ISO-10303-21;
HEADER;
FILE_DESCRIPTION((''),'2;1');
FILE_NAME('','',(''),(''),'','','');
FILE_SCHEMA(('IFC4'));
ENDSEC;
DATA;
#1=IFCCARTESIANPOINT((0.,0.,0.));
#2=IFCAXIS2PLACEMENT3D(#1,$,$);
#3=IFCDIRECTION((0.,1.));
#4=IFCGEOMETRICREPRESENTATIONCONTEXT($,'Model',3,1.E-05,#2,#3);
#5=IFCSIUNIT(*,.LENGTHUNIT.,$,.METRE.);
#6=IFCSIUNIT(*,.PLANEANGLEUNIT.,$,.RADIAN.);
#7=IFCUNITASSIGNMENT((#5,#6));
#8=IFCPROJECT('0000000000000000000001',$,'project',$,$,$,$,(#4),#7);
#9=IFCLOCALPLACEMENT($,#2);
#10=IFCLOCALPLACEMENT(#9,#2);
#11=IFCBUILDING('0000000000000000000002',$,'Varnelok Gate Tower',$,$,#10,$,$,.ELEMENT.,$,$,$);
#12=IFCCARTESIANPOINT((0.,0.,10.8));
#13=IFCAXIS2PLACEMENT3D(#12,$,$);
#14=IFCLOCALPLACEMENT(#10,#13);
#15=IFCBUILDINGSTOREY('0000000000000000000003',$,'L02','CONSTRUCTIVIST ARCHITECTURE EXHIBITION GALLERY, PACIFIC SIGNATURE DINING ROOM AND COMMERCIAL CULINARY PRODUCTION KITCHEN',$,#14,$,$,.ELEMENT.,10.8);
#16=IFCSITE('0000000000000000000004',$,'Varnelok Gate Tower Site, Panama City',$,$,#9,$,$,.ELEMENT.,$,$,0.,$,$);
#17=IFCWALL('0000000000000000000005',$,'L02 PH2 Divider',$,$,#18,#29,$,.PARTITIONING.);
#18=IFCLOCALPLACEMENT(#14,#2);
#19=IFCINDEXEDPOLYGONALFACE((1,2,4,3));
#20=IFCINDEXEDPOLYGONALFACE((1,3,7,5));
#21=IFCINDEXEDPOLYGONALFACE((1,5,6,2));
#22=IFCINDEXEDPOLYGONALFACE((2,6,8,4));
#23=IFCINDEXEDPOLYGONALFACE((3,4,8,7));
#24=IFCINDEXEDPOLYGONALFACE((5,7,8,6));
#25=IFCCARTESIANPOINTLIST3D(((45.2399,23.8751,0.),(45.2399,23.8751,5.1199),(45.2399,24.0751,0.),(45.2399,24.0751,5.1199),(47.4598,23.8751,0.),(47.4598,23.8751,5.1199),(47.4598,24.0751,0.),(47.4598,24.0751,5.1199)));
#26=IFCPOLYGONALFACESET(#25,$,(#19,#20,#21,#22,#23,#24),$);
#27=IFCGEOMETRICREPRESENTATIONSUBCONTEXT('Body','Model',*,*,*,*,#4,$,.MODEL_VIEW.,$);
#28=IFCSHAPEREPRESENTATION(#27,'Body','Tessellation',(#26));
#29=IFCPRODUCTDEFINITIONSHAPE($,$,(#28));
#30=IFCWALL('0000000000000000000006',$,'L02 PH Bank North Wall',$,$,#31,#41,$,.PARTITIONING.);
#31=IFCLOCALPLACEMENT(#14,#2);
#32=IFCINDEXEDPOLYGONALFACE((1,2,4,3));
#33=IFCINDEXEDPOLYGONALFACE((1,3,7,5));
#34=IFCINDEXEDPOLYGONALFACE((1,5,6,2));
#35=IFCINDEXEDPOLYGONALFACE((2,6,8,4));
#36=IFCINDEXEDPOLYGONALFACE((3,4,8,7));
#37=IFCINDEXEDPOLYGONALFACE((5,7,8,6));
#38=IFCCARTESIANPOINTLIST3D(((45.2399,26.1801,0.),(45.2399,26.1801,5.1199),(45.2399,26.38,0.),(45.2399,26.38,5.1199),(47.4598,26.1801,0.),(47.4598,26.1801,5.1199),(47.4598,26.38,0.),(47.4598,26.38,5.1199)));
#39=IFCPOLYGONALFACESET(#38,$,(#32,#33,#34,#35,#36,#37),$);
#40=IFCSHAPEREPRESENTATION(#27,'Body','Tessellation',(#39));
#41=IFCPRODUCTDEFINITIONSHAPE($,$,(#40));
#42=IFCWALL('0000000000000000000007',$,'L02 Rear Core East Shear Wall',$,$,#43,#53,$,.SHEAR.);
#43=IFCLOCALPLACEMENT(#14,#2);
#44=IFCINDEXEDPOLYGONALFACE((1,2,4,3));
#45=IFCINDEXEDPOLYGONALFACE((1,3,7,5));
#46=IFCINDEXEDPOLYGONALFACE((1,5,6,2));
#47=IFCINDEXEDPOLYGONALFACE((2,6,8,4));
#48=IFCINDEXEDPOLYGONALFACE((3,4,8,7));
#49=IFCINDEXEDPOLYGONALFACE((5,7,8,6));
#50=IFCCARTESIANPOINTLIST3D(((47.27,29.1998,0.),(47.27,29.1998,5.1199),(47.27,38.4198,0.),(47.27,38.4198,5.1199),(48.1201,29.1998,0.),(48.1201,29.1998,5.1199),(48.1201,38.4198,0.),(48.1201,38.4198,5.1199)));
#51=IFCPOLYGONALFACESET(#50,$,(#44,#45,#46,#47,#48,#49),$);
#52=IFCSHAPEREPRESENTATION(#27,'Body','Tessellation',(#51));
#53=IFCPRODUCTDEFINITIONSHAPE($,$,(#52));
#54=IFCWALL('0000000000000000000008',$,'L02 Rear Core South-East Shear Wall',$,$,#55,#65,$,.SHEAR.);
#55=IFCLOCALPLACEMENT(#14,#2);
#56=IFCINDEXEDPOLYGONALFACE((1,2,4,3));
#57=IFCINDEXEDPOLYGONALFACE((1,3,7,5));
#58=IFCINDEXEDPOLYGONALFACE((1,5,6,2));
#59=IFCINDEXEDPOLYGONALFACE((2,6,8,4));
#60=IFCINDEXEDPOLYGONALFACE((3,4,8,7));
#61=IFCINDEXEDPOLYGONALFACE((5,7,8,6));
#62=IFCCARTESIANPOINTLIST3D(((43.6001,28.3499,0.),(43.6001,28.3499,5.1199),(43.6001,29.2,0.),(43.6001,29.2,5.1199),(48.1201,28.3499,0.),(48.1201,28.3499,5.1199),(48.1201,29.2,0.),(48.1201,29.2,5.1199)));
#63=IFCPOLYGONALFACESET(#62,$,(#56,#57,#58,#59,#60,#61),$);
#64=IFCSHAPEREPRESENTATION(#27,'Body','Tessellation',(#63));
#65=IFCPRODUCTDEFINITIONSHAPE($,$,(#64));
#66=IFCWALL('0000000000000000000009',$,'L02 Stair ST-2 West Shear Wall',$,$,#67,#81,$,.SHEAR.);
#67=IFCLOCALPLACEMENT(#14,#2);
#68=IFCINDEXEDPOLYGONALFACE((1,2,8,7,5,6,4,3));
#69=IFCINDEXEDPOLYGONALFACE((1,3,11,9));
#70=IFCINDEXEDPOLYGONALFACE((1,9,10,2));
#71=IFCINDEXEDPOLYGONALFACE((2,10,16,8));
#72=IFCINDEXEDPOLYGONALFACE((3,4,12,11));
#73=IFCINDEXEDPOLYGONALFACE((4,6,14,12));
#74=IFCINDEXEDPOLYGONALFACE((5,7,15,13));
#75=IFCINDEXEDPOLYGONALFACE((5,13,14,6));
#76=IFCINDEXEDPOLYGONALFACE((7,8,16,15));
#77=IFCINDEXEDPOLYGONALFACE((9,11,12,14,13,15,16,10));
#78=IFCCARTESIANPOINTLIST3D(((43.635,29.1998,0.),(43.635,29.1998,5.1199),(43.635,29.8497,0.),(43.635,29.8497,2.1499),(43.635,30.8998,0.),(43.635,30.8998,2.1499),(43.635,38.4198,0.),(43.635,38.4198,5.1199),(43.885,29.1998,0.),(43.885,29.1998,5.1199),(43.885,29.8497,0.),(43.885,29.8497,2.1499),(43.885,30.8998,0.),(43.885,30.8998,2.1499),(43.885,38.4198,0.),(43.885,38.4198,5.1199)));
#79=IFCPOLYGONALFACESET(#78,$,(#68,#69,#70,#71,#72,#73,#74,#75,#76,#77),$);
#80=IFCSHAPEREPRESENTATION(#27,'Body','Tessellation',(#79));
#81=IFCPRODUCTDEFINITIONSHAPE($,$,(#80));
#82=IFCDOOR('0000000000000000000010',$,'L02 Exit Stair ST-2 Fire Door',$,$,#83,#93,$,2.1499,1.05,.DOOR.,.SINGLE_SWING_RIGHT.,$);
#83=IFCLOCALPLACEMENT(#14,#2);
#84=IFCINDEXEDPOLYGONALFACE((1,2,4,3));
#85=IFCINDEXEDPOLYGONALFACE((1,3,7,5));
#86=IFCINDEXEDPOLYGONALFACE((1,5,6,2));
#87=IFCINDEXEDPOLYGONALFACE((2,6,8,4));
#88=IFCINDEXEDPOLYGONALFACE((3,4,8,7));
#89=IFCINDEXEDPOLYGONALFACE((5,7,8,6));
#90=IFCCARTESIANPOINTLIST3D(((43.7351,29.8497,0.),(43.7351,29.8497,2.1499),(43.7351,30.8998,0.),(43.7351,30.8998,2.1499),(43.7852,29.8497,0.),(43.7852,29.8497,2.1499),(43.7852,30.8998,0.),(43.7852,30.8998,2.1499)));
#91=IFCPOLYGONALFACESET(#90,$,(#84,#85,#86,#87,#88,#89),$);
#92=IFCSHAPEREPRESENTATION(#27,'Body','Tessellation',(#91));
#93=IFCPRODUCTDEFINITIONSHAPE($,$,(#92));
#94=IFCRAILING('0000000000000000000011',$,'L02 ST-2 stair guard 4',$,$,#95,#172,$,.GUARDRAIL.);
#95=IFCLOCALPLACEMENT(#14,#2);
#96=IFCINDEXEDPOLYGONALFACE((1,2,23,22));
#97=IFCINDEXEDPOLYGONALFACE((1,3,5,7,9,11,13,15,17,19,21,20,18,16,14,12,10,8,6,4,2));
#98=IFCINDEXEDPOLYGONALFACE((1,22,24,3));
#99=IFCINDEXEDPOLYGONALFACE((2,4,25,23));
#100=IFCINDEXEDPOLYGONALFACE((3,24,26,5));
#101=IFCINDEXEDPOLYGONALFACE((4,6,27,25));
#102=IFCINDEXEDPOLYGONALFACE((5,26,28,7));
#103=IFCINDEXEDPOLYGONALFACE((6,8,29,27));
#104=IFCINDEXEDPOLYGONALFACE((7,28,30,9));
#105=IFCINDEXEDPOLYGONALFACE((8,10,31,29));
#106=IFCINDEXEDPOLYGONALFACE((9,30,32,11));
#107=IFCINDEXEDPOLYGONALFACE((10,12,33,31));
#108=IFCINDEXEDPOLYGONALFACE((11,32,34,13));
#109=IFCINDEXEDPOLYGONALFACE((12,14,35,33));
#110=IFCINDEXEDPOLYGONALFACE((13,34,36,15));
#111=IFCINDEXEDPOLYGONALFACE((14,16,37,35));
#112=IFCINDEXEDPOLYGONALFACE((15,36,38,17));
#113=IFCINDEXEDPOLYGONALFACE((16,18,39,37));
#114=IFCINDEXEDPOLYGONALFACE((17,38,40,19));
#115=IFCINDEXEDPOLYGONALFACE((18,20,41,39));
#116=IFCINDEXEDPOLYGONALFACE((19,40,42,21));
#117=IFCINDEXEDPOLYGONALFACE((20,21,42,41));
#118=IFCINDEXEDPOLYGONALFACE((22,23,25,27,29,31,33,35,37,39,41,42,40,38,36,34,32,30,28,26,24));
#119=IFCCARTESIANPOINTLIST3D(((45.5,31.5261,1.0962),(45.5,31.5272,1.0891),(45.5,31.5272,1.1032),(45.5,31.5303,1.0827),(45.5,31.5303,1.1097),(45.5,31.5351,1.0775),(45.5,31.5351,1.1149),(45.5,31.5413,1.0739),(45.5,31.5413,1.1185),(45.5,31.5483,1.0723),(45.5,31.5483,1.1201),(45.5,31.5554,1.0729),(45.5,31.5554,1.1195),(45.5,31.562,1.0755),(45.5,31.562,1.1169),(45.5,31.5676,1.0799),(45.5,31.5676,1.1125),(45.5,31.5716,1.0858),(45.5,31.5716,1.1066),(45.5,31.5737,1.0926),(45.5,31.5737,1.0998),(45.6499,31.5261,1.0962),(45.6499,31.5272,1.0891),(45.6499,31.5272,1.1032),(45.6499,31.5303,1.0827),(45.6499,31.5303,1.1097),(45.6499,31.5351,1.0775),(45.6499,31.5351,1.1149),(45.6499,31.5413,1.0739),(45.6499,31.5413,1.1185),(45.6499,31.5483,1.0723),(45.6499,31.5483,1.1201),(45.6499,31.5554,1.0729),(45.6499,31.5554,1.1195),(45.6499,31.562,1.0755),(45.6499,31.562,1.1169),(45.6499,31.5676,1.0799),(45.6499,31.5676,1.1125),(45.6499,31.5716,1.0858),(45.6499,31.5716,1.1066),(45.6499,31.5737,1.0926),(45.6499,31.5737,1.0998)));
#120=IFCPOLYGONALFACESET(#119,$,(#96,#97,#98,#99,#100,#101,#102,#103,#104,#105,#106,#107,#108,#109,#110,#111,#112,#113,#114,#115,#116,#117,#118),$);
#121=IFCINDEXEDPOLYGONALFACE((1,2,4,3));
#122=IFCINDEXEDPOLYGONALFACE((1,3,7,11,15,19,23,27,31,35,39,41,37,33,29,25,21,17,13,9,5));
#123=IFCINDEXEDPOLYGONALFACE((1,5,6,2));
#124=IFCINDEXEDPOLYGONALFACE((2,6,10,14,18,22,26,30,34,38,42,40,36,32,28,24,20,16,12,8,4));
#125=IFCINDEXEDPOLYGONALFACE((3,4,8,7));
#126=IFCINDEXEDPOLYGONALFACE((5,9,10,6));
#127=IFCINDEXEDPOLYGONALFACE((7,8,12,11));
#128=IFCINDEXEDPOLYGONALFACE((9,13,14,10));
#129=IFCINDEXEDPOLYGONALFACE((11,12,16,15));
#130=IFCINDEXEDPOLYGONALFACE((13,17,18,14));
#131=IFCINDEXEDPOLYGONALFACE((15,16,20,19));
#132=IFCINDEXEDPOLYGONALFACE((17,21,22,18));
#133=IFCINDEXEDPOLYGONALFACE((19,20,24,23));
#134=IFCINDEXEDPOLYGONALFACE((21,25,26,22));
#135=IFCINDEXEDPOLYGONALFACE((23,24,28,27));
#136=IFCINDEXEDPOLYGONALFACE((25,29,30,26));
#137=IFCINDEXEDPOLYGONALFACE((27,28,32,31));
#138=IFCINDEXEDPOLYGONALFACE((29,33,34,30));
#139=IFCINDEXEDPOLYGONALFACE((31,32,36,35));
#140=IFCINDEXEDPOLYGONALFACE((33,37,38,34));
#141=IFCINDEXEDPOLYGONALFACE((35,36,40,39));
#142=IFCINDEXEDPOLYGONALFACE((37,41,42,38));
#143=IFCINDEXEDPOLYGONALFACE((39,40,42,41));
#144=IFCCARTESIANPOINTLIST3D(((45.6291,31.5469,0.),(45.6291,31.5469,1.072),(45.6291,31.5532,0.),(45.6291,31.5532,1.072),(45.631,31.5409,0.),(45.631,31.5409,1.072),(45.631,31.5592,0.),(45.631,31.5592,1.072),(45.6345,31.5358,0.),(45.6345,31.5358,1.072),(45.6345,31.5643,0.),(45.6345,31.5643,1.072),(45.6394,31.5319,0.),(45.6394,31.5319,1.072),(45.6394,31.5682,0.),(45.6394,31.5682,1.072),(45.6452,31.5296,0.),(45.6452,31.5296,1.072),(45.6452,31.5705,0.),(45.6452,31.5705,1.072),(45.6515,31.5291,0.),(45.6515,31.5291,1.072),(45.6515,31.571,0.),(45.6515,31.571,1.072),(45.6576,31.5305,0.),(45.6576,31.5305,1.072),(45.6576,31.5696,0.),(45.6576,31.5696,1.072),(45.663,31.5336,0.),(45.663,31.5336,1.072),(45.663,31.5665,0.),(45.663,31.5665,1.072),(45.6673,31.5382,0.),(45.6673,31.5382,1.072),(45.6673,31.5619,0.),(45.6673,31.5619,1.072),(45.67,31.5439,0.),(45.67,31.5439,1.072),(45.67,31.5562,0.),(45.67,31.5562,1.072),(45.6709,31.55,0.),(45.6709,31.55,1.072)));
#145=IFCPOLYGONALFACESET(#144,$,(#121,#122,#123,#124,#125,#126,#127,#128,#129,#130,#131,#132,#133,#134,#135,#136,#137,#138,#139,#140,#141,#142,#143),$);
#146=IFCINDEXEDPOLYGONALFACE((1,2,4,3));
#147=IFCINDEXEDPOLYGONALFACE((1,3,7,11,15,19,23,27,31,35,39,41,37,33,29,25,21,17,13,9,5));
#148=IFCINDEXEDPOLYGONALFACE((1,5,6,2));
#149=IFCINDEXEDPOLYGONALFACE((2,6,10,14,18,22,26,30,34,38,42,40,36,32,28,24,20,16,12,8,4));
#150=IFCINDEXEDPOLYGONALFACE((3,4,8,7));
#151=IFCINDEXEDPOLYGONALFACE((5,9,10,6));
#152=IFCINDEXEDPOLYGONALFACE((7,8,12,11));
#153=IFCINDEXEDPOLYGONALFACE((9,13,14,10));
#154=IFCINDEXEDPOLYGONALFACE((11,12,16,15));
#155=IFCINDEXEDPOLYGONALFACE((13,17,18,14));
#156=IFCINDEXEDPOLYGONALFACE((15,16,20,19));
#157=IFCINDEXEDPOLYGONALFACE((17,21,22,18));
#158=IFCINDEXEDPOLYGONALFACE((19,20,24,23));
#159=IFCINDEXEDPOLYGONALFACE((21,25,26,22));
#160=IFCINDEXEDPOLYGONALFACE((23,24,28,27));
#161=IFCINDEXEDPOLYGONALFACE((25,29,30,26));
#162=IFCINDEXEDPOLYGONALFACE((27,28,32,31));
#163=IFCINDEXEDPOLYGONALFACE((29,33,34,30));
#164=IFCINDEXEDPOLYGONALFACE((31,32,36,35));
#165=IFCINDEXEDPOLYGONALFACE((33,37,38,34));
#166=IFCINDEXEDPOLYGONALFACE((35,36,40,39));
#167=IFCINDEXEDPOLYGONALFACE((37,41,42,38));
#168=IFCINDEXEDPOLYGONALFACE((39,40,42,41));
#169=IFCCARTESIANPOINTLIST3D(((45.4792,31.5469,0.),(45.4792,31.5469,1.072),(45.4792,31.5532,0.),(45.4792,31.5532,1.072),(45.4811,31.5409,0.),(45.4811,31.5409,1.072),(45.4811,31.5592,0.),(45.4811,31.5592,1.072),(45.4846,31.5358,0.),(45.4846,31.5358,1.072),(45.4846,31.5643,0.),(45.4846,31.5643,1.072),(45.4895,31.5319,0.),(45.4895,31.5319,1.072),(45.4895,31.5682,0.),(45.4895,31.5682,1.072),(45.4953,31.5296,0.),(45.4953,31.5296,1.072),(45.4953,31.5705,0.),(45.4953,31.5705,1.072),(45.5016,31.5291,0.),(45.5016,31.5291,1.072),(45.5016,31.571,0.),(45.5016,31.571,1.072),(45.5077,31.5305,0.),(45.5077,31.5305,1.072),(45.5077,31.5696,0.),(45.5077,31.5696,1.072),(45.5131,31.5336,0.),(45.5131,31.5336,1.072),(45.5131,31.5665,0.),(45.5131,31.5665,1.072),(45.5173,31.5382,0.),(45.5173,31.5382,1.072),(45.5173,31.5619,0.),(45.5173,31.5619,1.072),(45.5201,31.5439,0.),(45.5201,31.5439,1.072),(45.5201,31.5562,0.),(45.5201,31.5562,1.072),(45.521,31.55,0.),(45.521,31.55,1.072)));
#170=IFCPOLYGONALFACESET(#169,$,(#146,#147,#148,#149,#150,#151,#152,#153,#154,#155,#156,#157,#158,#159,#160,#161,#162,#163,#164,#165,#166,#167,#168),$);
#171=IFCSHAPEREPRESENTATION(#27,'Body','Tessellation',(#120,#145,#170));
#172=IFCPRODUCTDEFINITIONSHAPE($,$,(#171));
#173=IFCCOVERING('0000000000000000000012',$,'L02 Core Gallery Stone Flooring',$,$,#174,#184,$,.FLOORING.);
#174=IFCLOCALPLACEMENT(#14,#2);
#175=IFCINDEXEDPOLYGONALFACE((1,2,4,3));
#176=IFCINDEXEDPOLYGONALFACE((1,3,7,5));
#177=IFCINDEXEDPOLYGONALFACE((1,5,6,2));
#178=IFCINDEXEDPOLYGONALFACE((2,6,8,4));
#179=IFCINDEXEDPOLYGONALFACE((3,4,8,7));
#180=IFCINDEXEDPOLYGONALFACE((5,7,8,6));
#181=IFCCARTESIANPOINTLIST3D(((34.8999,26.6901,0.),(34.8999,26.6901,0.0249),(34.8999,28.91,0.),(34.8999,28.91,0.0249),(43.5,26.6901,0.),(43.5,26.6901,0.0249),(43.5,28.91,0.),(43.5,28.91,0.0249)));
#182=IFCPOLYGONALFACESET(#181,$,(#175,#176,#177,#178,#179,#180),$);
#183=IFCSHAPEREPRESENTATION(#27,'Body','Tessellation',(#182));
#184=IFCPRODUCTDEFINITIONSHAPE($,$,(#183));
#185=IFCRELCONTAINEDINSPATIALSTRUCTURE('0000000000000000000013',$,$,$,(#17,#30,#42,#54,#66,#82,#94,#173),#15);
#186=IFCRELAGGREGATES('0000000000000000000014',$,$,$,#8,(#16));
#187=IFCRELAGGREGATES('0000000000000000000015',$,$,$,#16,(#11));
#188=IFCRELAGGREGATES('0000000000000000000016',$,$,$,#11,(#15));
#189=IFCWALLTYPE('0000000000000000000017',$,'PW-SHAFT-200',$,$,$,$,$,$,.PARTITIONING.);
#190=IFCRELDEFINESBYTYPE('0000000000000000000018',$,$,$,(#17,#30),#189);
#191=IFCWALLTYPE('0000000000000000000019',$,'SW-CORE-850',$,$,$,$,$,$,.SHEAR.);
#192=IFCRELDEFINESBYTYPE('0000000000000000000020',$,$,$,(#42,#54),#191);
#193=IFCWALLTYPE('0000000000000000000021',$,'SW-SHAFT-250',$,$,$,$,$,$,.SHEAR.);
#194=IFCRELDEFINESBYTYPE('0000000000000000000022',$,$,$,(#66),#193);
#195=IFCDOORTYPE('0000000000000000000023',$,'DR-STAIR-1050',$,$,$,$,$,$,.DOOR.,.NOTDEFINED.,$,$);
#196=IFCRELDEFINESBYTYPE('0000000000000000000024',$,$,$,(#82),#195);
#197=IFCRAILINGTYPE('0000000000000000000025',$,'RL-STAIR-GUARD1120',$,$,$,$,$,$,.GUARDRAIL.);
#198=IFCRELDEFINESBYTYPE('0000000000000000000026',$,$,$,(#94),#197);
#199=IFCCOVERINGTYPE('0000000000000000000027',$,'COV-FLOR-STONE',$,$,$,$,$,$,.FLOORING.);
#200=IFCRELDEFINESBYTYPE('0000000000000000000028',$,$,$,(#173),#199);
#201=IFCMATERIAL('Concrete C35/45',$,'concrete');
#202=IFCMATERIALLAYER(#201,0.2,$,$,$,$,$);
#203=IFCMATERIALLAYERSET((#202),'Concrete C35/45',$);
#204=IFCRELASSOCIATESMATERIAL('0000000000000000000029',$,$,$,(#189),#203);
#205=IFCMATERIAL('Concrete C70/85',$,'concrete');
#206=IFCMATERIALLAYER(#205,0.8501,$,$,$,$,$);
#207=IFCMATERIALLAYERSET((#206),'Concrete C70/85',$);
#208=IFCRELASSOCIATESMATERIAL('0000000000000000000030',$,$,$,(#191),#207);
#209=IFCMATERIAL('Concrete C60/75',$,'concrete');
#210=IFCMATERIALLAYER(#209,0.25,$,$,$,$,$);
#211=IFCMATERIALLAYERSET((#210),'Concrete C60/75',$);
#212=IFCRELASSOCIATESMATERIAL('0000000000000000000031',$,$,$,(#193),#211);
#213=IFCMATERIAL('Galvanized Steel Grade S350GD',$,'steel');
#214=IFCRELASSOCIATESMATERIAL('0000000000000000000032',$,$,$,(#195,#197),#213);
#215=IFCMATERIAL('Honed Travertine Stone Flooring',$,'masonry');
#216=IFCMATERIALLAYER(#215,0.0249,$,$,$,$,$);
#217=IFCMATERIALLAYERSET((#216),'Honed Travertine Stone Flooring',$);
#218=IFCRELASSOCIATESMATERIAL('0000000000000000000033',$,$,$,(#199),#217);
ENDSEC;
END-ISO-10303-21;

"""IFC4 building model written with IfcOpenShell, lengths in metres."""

from ifc_helpers import new_model, si_unit, direction, frame, frame_2d, origin, origin_2d, place, context, subcontext, project, spatial, rectangle, circle, extrude, source, transform, mapped, material, layer, layer_set, type_object, element, fill, save


model = new_model("IFC4")

# Units and contexts
model_context = context("Model", 3, precision=1e-05, world=origin(), true_north=direction((0.0, 1.0)))
body_context = subcontext(model_context, "Body", "Model", "MODEL_VIEW")
ifc_project = project(units=[si_unit("LENGTHUNIT", "METRE"), si_unit("PLANEANGLEUNIT", "RADIAN")], contexts=[model_context])

# Site, building, storey
site_placement = place(None, origin())
site = spatial("IfcSite", under=ifc_project, at=site_placement, Name="Varnelok Gate Tower Site, Panama City", CompositionType="ELEMENT", RefElevation=0.0)
building_placement = place(site_placement, origin())
building = spatial("IfcBuilding", under=site, at=building_placement, Name="Varnelok Gate Tower", CompositionType="ELEMENT")
storey_placement = place(building_placement, frame((0.0, 0.0, 10.8)))
storey = spatial("IfcBuildingStorey", under=building, at=storey_placement, Name="L02", Description="CONSTRUCTIVIST ARCHITECTURE EXHIBITION GALLERY, PACIFIC SIGNATURE DINING ROOM AND COMMERCIAL CULINARY PRODUCTION KITCHEN", CompositionType="ELEMENT", Elevation=10.8)

# Shared definitions
ifc_material_1 = material(Name="Concrete C70/85", Category="concrete")

# Shared definitions
ifc_material_2 = material(Name="Galvanized Steel Grade S350GD", Category="steel")

# Walls
ifc_material_3 = material(Name="Concrete C35/45", Category="concrete")
ifc_layer_1 = layer(ifc_material_3, 0.2)
ifc_layer_set_1 = layer_set([ifc_layer_1], Name="Concrete C35/45")
wall_type_1 = type_object("IfcWallType", Name="PW-SHAFT-200", PredefinedType="PARTITIONING", material=ifc_layer_set_1)
for number, where, z_axis, x_axis, name in (
    (1, (45.24, 23.9751, 0.0), (0.0, 0.0, 1.0), (1.0, 0.0, 0.0), "L02 PH2 Divider"),
    (2, (45.24, 26.28, 0.0), (0.0, 0.0, 1.0), (1.0, 0.0, 0.0), "L02 PH Bank North Wall"),
):
    element("IfcWall", number, at=place(storey_placement, frame(where, z_axis=z_axis, x_axis=x_axis)), inside=storey, type_object=wall_type_1, Name=name, PredefinedType="PARTITIONING", context=body_context, shape_type="SweptSolid", body=[
        extrude(rectangle(XDim=2.22, YDim=0.2, at=frame_2d((1.1099, 0.0))), origin(), (0.0, 0.0, 1.0), 5.1199),
    ])
ifc_layer_2 = layer(ifc_material_1, 0.8501)
ifc_layer_set_2 = layer_set([ifc_layer_2], Name="Concrete C70/85")
wall_type_2 = type_object("IfcWallType", Name="SW-CORE-850", PredefinedType="SHEAR", material=ifc_layer_set_2)
wall_1_placement = place(storey_placement, frame((47.6951, 29.2, 0.0), z_axis=(0.0, 0.0, 1.0), x_axis=(0.0, 1.0, 0.0)))
element("IfcWall", 3, at=wall_1_placement, inside=storey, type_object=wall_type_2, Name="L02 Rear Core East Shear Wall", PredefinedType="SHEAR", context=body_context, shape_type="SweptSolid", body=[
    extrude(rectangle(XDim=9.22, YDim=0.8501, at=frame_2d((4.6099, 0.0))), origin(), (0.0, 0.0, 1.0), 5.1199),
])
wall_2_placement = place(storey_placement, frame((43.6001, 28.7749, 0.0), z_axis=(0.0, 0.0, 1.0), x_axis=(1.0, 0.0, 0.0)))
element("IfcWall", 4, at=wall_2_placement, inside=storey, type_object=wall_type_2, Name="L02 Rear Core South-East Shear Wall", PredefinedType="SHEAR", context=body_context, shape_type="SweptSolid", body=[
    extrude(rectangle(XDim=4.52, YDim=0.8501, at=frame_2d((2.26, 0.0))), origin(), (0.0, 0.0, 1.0), 5.1199),
])

# Wall, opening, door
ifc_material_4 = material(Name="Concrete C60/75", Category="concrete")
ifc_layer_3 = layer(ifc_material_4, 0.25)
ifc_layer_set_3 = layer_set([ifc_layer_3], Name="Concrete C60/75")
wall_type_3 = type_object("IfcWallType", Name="SW-SHAFT-250", PredefinedType="SHEAR", material=ifc_layer_set_3)
wall_3_placement = place(storey_placement, frame((43.76, 29.2, 0.0), z_axis=(0.0, 0.0, 1.0), x_axis=(0.0, 1.0, 0.0)))
wall_3 = element("IfcWall", 5, at=wall_3_placement, inside=storey, type_object=wall_type_3, Name="L02 Stair ST-2 West Shear Wall", PredefinedType="SHEAR", context=body_context, shape_type="SweptSolid", body=[
    extrude(rectangle(XDim=9.22, YDim=0.25, at=frame_2d((4.6099, 0.0))), origin(), (0.0, 0.0, 1.0), 5.1199),
])
opening_1_placement = place(wall_3_placement, frame((0.6499, 0.0, 0.0)))
opening_1 = element("IfcOpeningElement", 6, at=opening_1_placement, cuts=wall_3, PredefinedType="OPENING", context=body_context, shape_type="SweptSolid", body=[
    extrude(rectangle(XDim=1.05, YDim=2.1499, at=frame_2d((0.5249, 1.075))), frame((0.0, 0.135, 0.0), z_axis=(0.0, -1.0, 0.0), x_axis=(1.0, 0.0, 0.0)), (0.0, 0.0, 1.0), 0.27),
])
door_type_1 = type_object("IfcDoorType", Name="DR-STAIR-1050", OperationType="NOTDEFINED", PredefinedType="DOOR", material=ifc_material_2)
door_1_placement = place(opening_1_placement, origin())
door_1 = element("IfcDoor", 7, at=door_1_placement, inside=storey, type_object=door_type_1, Name="L02 Exit Stair ST-2 Fire Door", OperationType="SINGLE_SWING_RIGHT", OverallHeight=2.1499, OverallWidth=1.05, PredefinedType="DOOR", context=body_context, shape_type="SweptSolid", body=[
    extrude(rectangle(XDim=1.05, YDim=2.1499, at=frame_2d((0.5249, 1.075))), frame((0.0, 0.0249, 0.0), z_axis=(0.0, -1.0, 0.0), x_axis=(1.0, 0.0, 0.0)), (0.0, 0.0, 1.0), 0.05),
])
fill(opening_1, door_1)

# Railing
railing_type = type_object("IfcRailingType", Name="RL-STAIR-GUARD1120", PredefinedType="GUARDRAIL", material=ifc_material_2)
railing_placement = place(storey_placement, frame((45.6499, 31.55, 0.0)))
element("IfcRailing", 8, at=railing_placement, inside=storey, type_object=railing_type, Name="L02 ST-2 stair guard 4", PredefinedType="GUARDRAIL", context=body_context, shape_type="SweptSolid", body=[
    extrude(circle(Radius=0.0239, at=origin_2d()), frame((0.0, 0.0, 1.0962), z_axis=(-1.0, 0.0, 0.0), x_axis=(0.0, -1.0, 0.0)), (0.0, 0.0, 1.0), 0.1499),
    extrude(circle(Radius=0.021, at=origin_2d()), origin(), (0.0, 0.0, 1.0), 1.072),
    extrude(circle(Radius=0.021, at=origin_2d()), frame((-0.1499, 0.0, 0.0)), (0.0, 0.0, 1.0), 1.072),
])

# Covering
ifc_material_5 = material(Name="Honed Travertine Stone Flooring", Category="masonry")
ifc_layer_4 = layer(ifc_material_5, 0.0249)
ifc_layer_set_4 = layer_set([ifc_layer_4], Name="Honed Travertine Stone Flooring")
covering_type_1 = type_object("IfcCoveringType", Name="COV-FLOR-STONE", PredefinedType="FLOORING", material=ifc_layer_set_4)
shared_shape_1 = source(origin(), body_context, "Body", "SweptSolid", [
    extrude(rectangle(XDim=8.6001, YDim=2.22, at=origin_2d()), origin(), (0.0, 0.0, 1.0), 0.0249),
])
covering_1_placement = place(storey_placement, frame((39.2, 27.8, 0.0), z_axis=(0.0, 0.0, 1.0), x_axis=(1.0, 0.0, 0.0)))
element("IfcCovering", 9, at=covering_1_placement, inside=storey, type_object=covering_type_1, Name="L02 Core Gallery Stone Flooring", PredefinedType="FLOORING", context=body_context, shape_type="MappedRepresentation", body=[
    mapped(shared_shape_1, transform((0.0, 0.0, 0.0), scale=1.0)),
])

save(model, "model.ifc")
